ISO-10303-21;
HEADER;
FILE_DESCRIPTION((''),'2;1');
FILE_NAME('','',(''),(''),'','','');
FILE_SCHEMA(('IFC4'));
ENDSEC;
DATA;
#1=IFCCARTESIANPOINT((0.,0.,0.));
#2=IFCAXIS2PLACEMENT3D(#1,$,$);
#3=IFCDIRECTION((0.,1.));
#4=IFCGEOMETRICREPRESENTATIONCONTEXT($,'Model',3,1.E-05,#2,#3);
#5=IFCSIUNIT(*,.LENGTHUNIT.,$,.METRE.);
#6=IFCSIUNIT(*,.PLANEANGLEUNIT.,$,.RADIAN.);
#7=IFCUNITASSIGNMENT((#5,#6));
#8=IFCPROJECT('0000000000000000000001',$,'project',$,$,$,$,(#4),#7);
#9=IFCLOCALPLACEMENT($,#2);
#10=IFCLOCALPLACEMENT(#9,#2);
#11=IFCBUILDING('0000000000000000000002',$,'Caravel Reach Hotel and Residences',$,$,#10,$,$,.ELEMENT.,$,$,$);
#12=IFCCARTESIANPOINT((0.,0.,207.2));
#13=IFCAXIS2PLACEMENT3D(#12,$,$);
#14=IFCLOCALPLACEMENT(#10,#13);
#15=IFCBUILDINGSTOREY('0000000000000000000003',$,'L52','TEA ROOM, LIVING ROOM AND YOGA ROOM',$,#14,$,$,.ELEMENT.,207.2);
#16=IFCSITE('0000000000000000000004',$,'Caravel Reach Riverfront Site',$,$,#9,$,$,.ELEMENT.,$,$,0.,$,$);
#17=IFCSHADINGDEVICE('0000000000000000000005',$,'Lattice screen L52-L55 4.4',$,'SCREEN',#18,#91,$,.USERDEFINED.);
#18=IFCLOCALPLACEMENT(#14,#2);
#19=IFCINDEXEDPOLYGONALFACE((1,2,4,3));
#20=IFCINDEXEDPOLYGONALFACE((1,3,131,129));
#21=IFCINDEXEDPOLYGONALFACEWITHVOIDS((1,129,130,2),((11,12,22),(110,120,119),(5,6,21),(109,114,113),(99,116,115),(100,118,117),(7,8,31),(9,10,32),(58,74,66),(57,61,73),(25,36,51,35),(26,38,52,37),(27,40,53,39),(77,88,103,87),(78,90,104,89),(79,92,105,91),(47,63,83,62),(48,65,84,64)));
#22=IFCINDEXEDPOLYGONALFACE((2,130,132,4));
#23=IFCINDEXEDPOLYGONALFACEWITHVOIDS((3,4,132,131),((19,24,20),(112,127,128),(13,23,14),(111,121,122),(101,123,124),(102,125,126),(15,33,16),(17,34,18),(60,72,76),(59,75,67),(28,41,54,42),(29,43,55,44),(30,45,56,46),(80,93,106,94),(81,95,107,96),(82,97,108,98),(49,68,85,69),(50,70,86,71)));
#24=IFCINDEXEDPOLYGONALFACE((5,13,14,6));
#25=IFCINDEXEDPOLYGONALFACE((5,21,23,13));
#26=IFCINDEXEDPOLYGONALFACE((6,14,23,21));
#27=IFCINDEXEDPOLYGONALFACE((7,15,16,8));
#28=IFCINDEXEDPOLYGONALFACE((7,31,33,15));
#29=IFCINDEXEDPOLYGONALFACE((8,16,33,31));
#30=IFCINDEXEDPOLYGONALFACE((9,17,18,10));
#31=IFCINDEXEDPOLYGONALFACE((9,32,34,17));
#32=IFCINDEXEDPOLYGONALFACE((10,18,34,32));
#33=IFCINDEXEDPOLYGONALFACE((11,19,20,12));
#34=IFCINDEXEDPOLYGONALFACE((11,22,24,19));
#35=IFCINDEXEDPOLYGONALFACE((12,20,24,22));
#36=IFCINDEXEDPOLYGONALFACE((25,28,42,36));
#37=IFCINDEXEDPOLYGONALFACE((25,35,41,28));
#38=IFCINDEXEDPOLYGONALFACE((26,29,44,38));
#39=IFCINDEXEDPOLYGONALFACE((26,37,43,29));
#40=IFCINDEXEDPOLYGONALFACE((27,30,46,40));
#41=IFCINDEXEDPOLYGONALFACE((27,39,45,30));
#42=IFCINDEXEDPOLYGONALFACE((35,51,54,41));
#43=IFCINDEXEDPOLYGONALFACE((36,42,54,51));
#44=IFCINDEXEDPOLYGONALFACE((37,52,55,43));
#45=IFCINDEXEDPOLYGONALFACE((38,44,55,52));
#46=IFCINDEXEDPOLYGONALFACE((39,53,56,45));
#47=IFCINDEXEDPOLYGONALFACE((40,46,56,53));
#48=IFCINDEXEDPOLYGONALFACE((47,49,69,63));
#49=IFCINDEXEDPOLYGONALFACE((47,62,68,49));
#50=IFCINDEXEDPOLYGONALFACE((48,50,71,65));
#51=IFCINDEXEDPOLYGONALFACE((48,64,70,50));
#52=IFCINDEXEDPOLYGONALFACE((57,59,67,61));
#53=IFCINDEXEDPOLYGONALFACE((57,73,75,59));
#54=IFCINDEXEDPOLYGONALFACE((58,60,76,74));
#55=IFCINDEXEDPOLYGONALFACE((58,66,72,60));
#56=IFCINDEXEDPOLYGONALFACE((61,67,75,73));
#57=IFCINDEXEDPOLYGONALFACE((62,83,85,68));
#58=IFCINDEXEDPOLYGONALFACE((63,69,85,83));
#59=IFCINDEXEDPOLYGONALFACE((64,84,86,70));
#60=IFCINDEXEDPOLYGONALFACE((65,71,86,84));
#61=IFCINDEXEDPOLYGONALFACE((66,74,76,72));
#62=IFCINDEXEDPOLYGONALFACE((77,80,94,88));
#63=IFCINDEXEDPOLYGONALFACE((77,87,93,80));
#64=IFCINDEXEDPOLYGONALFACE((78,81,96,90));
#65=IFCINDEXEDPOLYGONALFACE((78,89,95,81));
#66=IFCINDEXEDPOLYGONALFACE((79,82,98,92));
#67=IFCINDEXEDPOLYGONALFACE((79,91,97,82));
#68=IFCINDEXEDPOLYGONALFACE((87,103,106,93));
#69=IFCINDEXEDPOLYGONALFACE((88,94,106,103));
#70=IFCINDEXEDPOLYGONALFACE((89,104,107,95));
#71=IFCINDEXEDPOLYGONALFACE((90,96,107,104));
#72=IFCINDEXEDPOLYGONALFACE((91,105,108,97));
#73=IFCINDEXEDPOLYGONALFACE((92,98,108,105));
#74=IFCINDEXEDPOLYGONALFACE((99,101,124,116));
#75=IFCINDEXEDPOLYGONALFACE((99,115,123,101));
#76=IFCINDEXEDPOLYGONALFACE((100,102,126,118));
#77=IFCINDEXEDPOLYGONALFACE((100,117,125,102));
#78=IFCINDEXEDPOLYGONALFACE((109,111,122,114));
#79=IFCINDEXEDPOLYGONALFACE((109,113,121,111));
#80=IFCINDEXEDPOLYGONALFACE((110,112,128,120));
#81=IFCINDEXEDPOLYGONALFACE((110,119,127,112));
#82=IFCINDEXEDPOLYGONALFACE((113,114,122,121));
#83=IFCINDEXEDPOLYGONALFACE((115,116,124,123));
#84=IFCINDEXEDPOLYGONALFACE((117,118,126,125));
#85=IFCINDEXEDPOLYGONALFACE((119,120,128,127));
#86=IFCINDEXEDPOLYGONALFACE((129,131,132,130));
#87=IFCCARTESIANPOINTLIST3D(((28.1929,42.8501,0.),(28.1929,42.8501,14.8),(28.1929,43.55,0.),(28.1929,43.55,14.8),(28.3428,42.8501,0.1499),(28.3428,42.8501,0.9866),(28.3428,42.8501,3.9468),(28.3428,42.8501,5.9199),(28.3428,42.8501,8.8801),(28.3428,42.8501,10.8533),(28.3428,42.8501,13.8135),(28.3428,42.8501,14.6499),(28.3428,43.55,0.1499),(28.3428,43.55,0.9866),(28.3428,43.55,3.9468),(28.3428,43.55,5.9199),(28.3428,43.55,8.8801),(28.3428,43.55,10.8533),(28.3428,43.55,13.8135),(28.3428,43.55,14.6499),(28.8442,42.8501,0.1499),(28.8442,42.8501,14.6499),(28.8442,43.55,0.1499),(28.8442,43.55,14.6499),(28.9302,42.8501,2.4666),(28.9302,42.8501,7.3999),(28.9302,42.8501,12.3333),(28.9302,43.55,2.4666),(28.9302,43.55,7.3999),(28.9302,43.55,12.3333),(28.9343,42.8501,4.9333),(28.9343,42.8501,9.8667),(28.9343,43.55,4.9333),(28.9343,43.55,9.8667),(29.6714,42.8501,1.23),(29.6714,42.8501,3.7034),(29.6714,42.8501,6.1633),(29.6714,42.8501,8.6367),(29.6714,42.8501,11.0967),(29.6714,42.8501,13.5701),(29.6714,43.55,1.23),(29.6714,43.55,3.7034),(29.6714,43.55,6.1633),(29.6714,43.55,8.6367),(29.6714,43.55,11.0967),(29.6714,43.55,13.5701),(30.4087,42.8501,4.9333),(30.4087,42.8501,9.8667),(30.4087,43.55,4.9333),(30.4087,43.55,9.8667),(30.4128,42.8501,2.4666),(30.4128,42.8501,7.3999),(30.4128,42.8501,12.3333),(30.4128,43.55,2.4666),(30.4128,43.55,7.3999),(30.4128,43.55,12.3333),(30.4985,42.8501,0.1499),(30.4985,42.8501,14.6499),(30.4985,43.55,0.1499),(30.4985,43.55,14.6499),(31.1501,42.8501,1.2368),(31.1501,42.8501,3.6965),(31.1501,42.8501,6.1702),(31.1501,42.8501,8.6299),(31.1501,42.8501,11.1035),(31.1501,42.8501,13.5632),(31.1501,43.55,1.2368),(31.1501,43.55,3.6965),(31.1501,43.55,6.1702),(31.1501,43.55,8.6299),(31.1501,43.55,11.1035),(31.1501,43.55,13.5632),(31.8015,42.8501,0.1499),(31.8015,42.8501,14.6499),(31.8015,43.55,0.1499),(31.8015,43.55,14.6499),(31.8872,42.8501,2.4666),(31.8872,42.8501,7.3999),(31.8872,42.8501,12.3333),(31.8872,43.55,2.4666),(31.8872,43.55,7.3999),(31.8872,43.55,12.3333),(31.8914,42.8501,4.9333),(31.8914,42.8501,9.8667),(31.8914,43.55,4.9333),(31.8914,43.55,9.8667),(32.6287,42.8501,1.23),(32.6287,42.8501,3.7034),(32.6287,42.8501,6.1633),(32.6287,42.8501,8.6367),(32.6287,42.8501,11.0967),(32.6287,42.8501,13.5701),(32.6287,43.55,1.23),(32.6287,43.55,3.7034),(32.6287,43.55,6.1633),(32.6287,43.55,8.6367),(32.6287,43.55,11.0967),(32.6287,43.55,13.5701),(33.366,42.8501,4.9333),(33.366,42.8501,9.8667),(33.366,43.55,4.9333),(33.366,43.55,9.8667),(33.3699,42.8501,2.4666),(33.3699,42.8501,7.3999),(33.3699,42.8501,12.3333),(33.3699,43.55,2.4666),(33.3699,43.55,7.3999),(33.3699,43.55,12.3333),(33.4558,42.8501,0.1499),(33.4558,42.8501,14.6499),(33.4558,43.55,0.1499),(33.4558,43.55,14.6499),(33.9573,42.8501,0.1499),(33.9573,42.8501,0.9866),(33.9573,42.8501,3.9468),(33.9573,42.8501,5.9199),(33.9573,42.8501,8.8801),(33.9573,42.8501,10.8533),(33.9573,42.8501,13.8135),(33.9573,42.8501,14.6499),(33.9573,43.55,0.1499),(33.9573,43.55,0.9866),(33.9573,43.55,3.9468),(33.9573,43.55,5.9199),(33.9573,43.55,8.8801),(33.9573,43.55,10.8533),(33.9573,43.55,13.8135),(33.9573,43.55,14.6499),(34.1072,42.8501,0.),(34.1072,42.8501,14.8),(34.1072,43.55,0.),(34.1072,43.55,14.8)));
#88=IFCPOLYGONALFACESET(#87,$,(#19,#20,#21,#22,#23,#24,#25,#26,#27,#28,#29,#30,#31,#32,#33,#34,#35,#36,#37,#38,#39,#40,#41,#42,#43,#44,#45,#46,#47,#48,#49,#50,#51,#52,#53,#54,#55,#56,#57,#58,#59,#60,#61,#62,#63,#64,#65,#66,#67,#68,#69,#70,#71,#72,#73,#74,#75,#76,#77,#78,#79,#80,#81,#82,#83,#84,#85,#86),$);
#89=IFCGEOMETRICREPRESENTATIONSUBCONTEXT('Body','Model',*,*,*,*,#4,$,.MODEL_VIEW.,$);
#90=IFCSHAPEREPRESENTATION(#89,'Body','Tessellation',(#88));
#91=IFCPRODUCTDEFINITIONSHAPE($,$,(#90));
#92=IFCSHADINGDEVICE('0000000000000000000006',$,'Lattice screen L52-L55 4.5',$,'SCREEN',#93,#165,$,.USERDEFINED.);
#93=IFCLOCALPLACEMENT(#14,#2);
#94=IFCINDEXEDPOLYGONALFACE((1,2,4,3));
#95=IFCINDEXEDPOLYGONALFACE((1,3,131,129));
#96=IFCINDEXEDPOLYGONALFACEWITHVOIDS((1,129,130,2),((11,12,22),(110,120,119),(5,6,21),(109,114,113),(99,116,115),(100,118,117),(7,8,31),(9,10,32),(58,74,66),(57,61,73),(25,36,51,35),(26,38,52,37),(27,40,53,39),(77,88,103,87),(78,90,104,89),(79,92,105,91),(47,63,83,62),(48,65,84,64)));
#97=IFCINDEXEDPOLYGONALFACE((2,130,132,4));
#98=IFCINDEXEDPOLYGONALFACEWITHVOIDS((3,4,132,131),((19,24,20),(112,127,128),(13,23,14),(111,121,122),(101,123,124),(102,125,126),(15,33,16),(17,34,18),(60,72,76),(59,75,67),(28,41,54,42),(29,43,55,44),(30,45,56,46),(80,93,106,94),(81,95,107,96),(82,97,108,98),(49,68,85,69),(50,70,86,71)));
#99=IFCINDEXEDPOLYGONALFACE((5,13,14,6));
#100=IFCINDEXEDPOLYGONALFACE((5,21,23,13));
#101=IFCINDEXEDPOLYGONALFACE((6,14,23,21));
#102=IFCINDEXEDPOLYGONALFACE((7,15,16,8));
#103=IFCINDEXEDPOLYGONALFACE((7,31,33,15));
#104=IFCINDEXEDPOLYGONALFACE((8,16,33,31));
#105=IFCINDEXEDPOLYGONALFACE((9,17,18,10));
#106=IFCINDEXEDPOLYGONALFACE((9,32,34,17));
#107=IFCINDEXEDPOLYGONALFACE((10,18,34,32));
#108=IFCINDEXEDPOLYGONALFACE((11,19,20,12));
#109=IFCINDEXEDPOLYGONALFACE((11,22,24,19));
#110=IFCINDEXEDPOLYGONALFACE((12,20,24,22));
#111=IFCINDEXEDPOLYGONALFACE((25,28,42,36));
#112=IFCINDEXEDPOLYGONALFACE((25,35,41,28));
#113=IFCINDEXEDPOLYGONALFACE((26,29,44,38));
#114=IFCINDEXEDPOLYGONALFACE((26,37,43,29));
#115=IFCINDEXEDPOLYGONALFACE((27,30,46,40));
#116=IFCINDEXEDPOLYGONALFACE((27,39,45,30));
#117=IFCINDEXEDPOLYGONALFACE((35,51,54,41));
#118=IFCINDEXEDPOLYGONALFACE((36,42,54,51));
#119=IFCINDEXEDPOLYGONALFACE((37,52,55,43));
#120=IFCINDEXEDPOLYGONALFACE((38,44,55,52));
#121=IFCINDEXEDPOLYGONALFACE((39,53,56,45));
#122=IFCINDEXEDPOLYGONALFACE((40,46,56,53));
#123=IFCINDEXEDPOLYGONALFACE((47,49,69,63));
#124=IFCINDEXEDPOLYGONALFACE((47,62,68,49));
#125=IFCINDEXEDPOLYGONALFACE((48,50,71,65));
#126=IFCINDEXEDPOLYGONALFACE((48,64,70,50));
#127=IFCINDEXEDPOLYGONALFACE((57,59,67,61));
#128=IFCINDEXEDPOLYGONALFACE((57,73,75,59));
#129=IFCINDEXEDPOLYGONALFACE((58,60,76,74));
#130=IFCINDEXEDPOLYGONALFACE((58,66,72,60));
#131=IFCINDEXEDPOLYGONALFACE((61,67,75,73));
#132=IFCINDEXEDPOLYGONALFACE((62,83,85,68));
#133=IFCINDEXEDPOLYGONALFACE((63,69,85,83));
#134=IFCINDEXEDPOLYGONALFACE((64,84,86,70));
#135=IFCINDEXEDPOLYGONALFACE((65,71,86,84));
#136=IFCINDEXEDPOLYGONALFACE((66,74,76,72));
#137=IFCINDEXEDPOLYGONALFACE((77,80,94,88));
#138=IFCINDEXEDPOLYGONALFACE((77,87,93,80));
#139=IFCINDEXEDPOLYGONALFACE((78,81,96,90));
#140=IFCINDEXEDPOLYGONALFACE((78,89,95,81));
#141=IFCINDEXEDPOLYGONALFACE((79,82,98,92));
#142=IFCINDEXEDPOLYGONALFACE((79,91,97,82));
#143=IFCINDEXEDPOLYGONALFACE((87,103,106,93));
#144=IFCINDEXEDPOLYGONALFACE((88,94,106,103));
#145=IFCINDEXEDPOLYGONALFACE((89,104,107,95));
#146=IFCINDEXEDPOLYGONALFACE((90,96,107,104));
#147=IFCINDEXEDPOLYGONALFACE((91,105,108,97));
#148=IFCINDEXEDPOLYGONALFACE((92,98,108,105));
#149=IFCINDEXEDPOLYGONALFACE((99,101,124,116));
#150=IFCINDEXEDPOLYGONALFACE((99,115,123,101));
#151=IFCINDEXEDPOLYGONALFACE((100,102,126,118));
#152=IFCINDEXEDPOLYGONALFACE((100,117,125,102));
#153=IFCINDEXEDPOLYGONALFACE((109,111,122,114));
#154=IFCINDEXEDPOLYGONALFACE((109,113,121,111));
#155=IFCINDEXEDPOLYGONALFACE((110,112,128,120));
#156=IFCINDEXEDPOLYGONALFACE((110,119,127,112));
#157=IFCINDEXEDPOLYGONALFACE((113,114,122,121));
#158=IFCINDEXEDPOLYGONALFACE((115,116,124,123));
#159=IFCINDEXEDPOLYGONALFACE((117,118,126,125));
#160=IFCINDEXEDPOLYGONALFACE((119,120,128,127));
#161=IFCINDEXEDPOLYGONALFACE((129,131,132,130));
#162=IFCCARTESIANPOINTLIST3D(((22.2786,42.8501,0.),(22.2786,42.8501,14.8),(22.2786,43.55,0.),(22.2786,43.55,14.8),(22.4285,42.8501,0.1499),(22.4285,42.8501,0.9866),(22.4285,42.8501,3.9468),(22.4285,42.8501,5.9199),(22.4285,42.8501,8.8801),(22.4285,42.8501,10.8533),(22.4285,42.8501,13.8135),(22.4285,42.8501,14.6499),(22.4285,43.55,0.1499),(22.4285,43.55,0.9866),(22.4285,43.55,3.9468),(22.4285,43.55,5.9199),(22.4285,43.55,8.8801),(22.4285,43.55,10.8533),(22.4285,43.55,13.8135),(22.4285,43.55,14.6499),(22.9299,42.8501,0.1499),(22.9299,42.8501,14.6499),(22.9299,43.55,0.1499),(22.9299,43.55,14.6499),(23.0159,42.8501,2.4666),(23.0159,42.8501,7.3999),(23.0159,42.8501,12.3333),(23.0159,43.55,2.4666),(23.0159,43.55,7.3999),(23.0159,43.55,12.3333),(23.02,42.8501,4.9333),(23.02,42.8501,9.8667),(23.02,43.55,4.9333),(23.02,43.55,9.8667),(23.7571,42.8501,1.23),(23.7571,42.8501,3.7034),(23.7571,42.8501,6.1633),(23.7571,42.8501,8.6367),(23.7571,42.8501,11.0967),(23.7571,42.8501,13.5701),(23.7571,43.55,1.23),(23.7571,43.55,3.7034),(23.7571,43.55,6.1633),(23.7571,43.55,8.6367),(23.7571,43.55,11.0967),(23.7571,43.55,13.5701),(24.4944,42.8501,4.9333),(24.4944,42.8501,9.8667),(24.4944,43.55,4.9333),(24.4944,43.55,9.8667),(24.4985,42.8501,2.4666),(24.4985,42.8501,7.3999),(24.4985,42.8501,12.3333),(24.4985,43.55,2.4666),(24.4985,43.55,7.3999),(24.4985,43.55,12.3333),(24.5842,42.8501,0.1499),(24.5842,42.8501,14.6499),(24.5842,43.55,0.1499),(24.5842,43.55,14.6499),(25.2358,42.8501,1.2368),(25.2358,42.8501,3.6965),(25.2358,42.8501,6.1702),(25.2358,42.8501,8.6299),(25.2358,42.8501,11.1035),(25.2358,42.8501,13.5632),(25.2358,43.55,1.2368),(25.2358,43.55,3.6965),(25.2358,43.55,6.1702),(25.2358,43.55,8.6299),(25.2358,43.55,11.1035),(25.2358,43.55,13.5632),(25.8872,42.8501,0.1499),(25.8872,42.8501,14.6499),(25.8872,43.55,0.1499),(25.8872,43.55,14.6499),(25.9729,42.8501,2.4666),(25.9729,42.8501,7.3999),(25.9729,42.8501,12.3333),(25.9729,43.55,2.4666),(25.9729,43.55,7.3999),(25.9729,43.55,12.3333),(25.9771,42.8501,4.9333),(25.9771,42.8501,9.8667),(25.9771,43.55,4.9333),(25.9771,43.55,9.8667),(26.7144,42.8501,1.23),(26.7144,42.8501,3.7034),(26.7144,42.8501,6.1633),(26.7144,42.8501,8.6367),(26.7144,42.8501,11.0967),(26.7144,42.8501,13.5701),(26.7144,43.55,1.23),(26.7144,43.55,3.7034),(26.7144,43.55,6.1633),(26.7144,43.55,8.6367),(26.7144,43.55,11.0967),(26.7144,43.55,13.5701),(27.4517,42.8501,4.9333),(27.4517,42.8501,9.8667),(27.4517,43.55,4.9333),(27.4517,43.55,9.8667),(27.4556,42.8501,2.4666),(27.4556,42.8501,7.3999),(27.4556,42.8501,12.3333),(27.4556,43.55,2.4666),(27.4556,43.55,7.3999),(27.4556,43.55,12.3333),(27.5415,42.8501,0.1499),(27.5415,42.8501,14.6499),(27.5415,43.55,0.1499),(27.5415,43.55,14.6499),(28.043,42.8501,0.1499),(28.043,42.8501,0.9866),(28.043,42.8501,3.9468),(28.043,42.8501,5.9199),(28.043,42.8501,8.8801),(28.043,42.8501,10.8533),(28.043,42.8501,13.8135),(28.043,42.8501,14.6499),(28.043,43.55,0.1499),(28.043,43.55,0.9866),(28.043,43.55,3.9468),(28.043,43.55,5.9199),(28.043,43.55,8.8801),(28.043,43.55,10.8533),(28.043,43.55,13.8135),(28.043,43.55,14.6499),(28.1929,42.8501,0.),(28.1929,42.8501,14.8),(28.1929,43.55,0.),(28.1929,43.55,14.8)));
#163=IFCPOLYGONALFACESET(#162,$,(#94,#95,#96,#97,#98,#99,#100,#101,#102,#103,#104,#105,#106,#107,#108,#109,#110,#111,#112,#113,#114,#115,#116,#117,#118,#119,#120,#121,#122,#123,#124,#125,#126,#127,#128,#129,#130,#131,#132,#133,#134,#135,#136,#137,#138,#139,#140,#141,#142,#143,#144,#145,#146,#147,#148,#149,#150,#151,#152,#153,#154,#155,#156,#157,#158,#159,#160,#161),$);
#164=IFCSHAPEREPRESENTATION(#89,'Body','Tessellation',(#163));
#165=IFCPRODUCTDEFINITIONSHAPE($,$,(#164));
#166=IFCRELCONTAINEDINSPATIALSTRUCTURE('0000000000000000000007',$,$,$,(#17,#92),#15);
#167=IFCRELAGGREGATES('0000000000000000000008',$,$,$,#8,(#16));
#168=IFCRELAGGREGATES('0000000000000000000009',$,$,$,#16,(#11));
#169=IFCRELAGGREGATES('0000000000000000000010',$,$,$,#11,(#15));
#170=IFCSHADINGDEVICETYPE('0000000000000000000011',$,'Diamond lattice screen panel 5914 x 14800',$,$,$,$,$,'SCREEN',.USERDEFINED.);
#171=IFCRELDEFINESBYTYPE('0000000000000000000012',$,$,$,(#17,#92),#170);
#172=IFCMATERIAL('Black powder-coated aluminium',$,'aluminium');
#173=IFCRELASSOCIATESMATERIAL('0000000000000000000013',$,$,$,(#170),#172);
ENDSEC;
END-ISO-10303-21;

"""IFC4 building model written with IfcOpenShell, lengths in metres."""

from ifc_helpers import new_model, si_unit, direction, frame, origin, place, context, subcontext, project, spatial, polyline, outline, extrude, material, type_object, element, save


model = new_model("IFC4")

# Units and contexts
model_context = context("Model", 3, precision=1e-05, world=origin(), true_north=direction((0.0, 1.0)))
body_context = subcontext(model_context, "Body", "Model", "MODEL_VIEW")
ifc_project = project(units=[si_unit("LENGTHUNIT", "METRE"), si_unit("PLANEANGLEUNIT", "RADIAN")], contexts=[model_context])

# Site, building, storey
site_placement = place(None, origin())
site = spatial("IfcSite", under=ifc_project, at=site_placement, Name="Caravel Reach Riverfront Site", CompositionType="ELEMENT", RefElevation=0.0)
building_placement = place(site_placement, origin())
building = spatial("IfcBuilding", under=site, at=building_placement, Name="Caravel Reach Hotel and Residences", CompositionType="ELEMENT")
storey_placement = place(building_placement, frame((0.0, 0.0, 207.2)))
storey = spatial("IfcBuildingStorey", under=building, at=storey_placement, Name="L52", Description="TEA ROOM, LIVING ROOM AND YOGA ROOM", CompositionType="ELEMENT", Elevation=207.2)

# Shading devices
ifc_material_1 = material(Name="Black powder-coated aluminium", Category="aluminium")
shading_device_type = type_object("IfcShadingDeviceType", Name="Diamond lattice screen panel 5914 x 14800", ElementType="SCREEN", PredefinedType="USERDEFINED", material=ifc_material_1)
shading_device_1_placement = place(storey_placement, frame((34.1072, 42.8501, 0.0), z_axis=(0.0, 1.0, 0.0), x_axis=(-1.0, 0.0, 0.0)))
element("IfcShadingDevice", 1, at=shading_device_1_placement, inside=storey, type_object=shading_device_type, Name="Lattice screen L52-L55 4.4", ObjectType="SCREEN", PredefinedType="USERDEFINED", context=body_context, shape_type="SweptSolid", body=[
    extrude(outline(polyline([(0.0, 0.0), (5.9143, 0.0), (5.9143, 14.8), (0.0, 14.8), (0.0, 0.0)]), holes=[polyline([(0.6514, 0.1499), (0.1499, 0.9866), (0.1499, 0.1499), (0.6514, 0.1499)]), polyline([(0.7412, 4.9333), (0.1499, 5.9199), (0.1499, 3.9468), (0.7412, 4.9333)]), polyline([(0.7412, 9.8667), (0.1499, 10.8533), (0.1499, 8.8801), (0.7412, 9.8667)]), polyline([(0.1499, 13.8135), (0.6514, 14.6499), (0.1499, 14.6499), (0.1499, 13.8135)]), polyline([(1.4785, 3.7034), (0.7373, 2.4666), (1.4785, 1.23), (2.22, 2.4666), (1.4785, 3.7034)]), polyline([(1.4785, 8.6367), (0.7373, 7.3999), (1.4785, 6.1633), (2.22, 7.3999), (1.4785, 8.6367)]), polyline([(1.4785, 13.5701), (0.7373, 12.3333), (1.4785, 11.0967), (2.22, 12.3333), (1.4785, 13.5701)]), polyline([(2.957, 1.2368), (2.3057, 0.1499), (3.6086, 0.1499), (2.957, 1.2368)]), polyline([(2.957, 6.1702), (2.2158, 4.9333), (2.957, 3.6965), (3.6985, 4.9333), (2.957, 6.1702)]), polyline([(2.957, 11.1035), (2.2158, 9.8667), (2.957, 8.6299), (3.6985, 9.8667), (2.957, 11.1035)]), polyline([(2.957, 13.5632), (3.6086, 14.6499), (2.3057, 14.6499), (2.957, 13.5632)]), polyline([(4.4358, 3.7034), (3.6943, 2.4666), (4.4358, 1.23), (5.177, 2.4666), (4.4358, 3.7034)]), polyline([(4.4358, 8.6367), (3.6943, 7.3999), (4.4358, 6.1633), (5.177, 7.3999), (4.4358, 8.6367)]), polyline([(4.4358, 13.5701), (3.6943, 12.3333), (4.4358, 11.0967), (5.177, 12.3333), (4.4358, 13.5701)]), polyline([(5.7644, 0.9866), (5.2629, 0.1499), (5.7644, 0.1499), (5.7644, 0.9866)]), polyline([(5.1729, 4.9333), (5.7644, 3.9468), (5.7644, 5.9199), (5.1729, 4.9333)]), polyline([(5.1729, 9.8667), (5.7644, 8.8801), (5.7644, 10.8533), (5.1729, 9.8667)]), polyline([(5.2629, 14.6499), (5.7644, 13.8135), (5.7644, 14.6499), (5.2629, 14.6499)])]), origin(), (0.0, 0.0, 1.0), 0.7),
])
shading_device_2_placement = place(storey_placement, frame((28.1929, 42.8501, 0.0), z_axis=(0.0, 1.0, 0.0), x_axis=(-1.0, 0.0, 0.0)))
element("IfcShadingDevice", 2, at=shading_device_2_placement, inside=storey, type_object=shading_device_type, Name="Lattice screen L52-L55 4.5", ObjectType="SCREEN", PredefinedType="USERDEFINED", context=body_context, shape_type="SweptSolid", body=[
    extrude(outline(polyline([(0.0, 0.0), (5.9143, 0.0), (5.9143, 14.8), (0.0, 14.8), (0.0, 0.0)]), holes=[polyline([(0.6514, 0.1499), (0.1499, 0.9866), (0.1499, 0.1499), (0.6514, 0.1499)]), polyline([(0.7412, 4.9333), (0.1499, 5.9199), (0.1499, 3.9468), (0.7412, 4.9333)]), polyline([(0.7412, 9.8667), (0.1499, 10.8533), (0.1499, 8.8801), (0.7412, 9.8667)]), polyline([(0.1499, 13.8135), (0.6514, 14.6499), (0.1499, 14.6499), (0.1499, 13.8135)]), polyline([(1.4785, 3.7034), (0.7373, 2.4666), (1.4785, 1.23), (2.22, 2.4666), (1.4785, 3.7034)]), polyline([(1.4785, 8.6367), (0.7373, 7.3999), (1.4785, 6.1633), (2.22, 7.3999), (1.4785, 8.6367)]), polyline([(1.4785, 13.5701), (0.7373, 12.3333), (1.4785, 11.0967), (2.22, 12.3333), (1.4785, 13.5701)]), polyline([(2.957, 1.2368), (2.3057, 0.1499), (3.6086, 0.1499), (2.957, 1.2368)]), polyline([(2.957, 6.1702), (2.2158, 4.9333), (2.957, 3.6965), (3.6985, 4.9333), (2.957, 6.1702)]), polyline([(2.957, 11.1035), (2.2158, 9.8667), (2.957, 8.6299), (3.6985, 9.8667), (2.957, 11.1035)]), polyline([(2.957, 13.5632), (3.6086, 14.6499), (2.3057, 14.6499), (2.957, 13.5632)]), polyline([(4.4358, 3.7034), (3.6943, 2.4666), (4.4358, 1.23), (5.177, 2.4666), (4.4358, 3.7034)]), polyline([(4.4358, 8.6367), (3.6943, 7.3999), (4.4358, 6.1633), (5.177, 7.3999), (4.4358, 8.6367)]), polyline([(4.4358, 13.5701), (3.6943, 12.3333), (4.4358, 11.0967), (5.177, 12.3333), (4.4358, 13.5701)]), polyline([(5.7644, 0.9866), (5.2629, 0.1499), (5.7644, 0.1499), (5.7644, 0.9866)]), polyline([(5.1729, 4.9333), (5.7644, 3.9468), (5.7644, 5.9199), (5.1729, 4.9333)]), polyline([(5.1729, 9.8667), (5.7644, 8.8801), (5.7644, 10.8533), (5.1729, 9.8667)]), polyline([(5.2629, 14.6499), (5.7644, 13.8135), (5.7644, 14.6499), (5.2629, 14.6499)])]), origin(), (0.0, 0.0, 1.0), 0.7),
])

save(model, "model.ifc")
